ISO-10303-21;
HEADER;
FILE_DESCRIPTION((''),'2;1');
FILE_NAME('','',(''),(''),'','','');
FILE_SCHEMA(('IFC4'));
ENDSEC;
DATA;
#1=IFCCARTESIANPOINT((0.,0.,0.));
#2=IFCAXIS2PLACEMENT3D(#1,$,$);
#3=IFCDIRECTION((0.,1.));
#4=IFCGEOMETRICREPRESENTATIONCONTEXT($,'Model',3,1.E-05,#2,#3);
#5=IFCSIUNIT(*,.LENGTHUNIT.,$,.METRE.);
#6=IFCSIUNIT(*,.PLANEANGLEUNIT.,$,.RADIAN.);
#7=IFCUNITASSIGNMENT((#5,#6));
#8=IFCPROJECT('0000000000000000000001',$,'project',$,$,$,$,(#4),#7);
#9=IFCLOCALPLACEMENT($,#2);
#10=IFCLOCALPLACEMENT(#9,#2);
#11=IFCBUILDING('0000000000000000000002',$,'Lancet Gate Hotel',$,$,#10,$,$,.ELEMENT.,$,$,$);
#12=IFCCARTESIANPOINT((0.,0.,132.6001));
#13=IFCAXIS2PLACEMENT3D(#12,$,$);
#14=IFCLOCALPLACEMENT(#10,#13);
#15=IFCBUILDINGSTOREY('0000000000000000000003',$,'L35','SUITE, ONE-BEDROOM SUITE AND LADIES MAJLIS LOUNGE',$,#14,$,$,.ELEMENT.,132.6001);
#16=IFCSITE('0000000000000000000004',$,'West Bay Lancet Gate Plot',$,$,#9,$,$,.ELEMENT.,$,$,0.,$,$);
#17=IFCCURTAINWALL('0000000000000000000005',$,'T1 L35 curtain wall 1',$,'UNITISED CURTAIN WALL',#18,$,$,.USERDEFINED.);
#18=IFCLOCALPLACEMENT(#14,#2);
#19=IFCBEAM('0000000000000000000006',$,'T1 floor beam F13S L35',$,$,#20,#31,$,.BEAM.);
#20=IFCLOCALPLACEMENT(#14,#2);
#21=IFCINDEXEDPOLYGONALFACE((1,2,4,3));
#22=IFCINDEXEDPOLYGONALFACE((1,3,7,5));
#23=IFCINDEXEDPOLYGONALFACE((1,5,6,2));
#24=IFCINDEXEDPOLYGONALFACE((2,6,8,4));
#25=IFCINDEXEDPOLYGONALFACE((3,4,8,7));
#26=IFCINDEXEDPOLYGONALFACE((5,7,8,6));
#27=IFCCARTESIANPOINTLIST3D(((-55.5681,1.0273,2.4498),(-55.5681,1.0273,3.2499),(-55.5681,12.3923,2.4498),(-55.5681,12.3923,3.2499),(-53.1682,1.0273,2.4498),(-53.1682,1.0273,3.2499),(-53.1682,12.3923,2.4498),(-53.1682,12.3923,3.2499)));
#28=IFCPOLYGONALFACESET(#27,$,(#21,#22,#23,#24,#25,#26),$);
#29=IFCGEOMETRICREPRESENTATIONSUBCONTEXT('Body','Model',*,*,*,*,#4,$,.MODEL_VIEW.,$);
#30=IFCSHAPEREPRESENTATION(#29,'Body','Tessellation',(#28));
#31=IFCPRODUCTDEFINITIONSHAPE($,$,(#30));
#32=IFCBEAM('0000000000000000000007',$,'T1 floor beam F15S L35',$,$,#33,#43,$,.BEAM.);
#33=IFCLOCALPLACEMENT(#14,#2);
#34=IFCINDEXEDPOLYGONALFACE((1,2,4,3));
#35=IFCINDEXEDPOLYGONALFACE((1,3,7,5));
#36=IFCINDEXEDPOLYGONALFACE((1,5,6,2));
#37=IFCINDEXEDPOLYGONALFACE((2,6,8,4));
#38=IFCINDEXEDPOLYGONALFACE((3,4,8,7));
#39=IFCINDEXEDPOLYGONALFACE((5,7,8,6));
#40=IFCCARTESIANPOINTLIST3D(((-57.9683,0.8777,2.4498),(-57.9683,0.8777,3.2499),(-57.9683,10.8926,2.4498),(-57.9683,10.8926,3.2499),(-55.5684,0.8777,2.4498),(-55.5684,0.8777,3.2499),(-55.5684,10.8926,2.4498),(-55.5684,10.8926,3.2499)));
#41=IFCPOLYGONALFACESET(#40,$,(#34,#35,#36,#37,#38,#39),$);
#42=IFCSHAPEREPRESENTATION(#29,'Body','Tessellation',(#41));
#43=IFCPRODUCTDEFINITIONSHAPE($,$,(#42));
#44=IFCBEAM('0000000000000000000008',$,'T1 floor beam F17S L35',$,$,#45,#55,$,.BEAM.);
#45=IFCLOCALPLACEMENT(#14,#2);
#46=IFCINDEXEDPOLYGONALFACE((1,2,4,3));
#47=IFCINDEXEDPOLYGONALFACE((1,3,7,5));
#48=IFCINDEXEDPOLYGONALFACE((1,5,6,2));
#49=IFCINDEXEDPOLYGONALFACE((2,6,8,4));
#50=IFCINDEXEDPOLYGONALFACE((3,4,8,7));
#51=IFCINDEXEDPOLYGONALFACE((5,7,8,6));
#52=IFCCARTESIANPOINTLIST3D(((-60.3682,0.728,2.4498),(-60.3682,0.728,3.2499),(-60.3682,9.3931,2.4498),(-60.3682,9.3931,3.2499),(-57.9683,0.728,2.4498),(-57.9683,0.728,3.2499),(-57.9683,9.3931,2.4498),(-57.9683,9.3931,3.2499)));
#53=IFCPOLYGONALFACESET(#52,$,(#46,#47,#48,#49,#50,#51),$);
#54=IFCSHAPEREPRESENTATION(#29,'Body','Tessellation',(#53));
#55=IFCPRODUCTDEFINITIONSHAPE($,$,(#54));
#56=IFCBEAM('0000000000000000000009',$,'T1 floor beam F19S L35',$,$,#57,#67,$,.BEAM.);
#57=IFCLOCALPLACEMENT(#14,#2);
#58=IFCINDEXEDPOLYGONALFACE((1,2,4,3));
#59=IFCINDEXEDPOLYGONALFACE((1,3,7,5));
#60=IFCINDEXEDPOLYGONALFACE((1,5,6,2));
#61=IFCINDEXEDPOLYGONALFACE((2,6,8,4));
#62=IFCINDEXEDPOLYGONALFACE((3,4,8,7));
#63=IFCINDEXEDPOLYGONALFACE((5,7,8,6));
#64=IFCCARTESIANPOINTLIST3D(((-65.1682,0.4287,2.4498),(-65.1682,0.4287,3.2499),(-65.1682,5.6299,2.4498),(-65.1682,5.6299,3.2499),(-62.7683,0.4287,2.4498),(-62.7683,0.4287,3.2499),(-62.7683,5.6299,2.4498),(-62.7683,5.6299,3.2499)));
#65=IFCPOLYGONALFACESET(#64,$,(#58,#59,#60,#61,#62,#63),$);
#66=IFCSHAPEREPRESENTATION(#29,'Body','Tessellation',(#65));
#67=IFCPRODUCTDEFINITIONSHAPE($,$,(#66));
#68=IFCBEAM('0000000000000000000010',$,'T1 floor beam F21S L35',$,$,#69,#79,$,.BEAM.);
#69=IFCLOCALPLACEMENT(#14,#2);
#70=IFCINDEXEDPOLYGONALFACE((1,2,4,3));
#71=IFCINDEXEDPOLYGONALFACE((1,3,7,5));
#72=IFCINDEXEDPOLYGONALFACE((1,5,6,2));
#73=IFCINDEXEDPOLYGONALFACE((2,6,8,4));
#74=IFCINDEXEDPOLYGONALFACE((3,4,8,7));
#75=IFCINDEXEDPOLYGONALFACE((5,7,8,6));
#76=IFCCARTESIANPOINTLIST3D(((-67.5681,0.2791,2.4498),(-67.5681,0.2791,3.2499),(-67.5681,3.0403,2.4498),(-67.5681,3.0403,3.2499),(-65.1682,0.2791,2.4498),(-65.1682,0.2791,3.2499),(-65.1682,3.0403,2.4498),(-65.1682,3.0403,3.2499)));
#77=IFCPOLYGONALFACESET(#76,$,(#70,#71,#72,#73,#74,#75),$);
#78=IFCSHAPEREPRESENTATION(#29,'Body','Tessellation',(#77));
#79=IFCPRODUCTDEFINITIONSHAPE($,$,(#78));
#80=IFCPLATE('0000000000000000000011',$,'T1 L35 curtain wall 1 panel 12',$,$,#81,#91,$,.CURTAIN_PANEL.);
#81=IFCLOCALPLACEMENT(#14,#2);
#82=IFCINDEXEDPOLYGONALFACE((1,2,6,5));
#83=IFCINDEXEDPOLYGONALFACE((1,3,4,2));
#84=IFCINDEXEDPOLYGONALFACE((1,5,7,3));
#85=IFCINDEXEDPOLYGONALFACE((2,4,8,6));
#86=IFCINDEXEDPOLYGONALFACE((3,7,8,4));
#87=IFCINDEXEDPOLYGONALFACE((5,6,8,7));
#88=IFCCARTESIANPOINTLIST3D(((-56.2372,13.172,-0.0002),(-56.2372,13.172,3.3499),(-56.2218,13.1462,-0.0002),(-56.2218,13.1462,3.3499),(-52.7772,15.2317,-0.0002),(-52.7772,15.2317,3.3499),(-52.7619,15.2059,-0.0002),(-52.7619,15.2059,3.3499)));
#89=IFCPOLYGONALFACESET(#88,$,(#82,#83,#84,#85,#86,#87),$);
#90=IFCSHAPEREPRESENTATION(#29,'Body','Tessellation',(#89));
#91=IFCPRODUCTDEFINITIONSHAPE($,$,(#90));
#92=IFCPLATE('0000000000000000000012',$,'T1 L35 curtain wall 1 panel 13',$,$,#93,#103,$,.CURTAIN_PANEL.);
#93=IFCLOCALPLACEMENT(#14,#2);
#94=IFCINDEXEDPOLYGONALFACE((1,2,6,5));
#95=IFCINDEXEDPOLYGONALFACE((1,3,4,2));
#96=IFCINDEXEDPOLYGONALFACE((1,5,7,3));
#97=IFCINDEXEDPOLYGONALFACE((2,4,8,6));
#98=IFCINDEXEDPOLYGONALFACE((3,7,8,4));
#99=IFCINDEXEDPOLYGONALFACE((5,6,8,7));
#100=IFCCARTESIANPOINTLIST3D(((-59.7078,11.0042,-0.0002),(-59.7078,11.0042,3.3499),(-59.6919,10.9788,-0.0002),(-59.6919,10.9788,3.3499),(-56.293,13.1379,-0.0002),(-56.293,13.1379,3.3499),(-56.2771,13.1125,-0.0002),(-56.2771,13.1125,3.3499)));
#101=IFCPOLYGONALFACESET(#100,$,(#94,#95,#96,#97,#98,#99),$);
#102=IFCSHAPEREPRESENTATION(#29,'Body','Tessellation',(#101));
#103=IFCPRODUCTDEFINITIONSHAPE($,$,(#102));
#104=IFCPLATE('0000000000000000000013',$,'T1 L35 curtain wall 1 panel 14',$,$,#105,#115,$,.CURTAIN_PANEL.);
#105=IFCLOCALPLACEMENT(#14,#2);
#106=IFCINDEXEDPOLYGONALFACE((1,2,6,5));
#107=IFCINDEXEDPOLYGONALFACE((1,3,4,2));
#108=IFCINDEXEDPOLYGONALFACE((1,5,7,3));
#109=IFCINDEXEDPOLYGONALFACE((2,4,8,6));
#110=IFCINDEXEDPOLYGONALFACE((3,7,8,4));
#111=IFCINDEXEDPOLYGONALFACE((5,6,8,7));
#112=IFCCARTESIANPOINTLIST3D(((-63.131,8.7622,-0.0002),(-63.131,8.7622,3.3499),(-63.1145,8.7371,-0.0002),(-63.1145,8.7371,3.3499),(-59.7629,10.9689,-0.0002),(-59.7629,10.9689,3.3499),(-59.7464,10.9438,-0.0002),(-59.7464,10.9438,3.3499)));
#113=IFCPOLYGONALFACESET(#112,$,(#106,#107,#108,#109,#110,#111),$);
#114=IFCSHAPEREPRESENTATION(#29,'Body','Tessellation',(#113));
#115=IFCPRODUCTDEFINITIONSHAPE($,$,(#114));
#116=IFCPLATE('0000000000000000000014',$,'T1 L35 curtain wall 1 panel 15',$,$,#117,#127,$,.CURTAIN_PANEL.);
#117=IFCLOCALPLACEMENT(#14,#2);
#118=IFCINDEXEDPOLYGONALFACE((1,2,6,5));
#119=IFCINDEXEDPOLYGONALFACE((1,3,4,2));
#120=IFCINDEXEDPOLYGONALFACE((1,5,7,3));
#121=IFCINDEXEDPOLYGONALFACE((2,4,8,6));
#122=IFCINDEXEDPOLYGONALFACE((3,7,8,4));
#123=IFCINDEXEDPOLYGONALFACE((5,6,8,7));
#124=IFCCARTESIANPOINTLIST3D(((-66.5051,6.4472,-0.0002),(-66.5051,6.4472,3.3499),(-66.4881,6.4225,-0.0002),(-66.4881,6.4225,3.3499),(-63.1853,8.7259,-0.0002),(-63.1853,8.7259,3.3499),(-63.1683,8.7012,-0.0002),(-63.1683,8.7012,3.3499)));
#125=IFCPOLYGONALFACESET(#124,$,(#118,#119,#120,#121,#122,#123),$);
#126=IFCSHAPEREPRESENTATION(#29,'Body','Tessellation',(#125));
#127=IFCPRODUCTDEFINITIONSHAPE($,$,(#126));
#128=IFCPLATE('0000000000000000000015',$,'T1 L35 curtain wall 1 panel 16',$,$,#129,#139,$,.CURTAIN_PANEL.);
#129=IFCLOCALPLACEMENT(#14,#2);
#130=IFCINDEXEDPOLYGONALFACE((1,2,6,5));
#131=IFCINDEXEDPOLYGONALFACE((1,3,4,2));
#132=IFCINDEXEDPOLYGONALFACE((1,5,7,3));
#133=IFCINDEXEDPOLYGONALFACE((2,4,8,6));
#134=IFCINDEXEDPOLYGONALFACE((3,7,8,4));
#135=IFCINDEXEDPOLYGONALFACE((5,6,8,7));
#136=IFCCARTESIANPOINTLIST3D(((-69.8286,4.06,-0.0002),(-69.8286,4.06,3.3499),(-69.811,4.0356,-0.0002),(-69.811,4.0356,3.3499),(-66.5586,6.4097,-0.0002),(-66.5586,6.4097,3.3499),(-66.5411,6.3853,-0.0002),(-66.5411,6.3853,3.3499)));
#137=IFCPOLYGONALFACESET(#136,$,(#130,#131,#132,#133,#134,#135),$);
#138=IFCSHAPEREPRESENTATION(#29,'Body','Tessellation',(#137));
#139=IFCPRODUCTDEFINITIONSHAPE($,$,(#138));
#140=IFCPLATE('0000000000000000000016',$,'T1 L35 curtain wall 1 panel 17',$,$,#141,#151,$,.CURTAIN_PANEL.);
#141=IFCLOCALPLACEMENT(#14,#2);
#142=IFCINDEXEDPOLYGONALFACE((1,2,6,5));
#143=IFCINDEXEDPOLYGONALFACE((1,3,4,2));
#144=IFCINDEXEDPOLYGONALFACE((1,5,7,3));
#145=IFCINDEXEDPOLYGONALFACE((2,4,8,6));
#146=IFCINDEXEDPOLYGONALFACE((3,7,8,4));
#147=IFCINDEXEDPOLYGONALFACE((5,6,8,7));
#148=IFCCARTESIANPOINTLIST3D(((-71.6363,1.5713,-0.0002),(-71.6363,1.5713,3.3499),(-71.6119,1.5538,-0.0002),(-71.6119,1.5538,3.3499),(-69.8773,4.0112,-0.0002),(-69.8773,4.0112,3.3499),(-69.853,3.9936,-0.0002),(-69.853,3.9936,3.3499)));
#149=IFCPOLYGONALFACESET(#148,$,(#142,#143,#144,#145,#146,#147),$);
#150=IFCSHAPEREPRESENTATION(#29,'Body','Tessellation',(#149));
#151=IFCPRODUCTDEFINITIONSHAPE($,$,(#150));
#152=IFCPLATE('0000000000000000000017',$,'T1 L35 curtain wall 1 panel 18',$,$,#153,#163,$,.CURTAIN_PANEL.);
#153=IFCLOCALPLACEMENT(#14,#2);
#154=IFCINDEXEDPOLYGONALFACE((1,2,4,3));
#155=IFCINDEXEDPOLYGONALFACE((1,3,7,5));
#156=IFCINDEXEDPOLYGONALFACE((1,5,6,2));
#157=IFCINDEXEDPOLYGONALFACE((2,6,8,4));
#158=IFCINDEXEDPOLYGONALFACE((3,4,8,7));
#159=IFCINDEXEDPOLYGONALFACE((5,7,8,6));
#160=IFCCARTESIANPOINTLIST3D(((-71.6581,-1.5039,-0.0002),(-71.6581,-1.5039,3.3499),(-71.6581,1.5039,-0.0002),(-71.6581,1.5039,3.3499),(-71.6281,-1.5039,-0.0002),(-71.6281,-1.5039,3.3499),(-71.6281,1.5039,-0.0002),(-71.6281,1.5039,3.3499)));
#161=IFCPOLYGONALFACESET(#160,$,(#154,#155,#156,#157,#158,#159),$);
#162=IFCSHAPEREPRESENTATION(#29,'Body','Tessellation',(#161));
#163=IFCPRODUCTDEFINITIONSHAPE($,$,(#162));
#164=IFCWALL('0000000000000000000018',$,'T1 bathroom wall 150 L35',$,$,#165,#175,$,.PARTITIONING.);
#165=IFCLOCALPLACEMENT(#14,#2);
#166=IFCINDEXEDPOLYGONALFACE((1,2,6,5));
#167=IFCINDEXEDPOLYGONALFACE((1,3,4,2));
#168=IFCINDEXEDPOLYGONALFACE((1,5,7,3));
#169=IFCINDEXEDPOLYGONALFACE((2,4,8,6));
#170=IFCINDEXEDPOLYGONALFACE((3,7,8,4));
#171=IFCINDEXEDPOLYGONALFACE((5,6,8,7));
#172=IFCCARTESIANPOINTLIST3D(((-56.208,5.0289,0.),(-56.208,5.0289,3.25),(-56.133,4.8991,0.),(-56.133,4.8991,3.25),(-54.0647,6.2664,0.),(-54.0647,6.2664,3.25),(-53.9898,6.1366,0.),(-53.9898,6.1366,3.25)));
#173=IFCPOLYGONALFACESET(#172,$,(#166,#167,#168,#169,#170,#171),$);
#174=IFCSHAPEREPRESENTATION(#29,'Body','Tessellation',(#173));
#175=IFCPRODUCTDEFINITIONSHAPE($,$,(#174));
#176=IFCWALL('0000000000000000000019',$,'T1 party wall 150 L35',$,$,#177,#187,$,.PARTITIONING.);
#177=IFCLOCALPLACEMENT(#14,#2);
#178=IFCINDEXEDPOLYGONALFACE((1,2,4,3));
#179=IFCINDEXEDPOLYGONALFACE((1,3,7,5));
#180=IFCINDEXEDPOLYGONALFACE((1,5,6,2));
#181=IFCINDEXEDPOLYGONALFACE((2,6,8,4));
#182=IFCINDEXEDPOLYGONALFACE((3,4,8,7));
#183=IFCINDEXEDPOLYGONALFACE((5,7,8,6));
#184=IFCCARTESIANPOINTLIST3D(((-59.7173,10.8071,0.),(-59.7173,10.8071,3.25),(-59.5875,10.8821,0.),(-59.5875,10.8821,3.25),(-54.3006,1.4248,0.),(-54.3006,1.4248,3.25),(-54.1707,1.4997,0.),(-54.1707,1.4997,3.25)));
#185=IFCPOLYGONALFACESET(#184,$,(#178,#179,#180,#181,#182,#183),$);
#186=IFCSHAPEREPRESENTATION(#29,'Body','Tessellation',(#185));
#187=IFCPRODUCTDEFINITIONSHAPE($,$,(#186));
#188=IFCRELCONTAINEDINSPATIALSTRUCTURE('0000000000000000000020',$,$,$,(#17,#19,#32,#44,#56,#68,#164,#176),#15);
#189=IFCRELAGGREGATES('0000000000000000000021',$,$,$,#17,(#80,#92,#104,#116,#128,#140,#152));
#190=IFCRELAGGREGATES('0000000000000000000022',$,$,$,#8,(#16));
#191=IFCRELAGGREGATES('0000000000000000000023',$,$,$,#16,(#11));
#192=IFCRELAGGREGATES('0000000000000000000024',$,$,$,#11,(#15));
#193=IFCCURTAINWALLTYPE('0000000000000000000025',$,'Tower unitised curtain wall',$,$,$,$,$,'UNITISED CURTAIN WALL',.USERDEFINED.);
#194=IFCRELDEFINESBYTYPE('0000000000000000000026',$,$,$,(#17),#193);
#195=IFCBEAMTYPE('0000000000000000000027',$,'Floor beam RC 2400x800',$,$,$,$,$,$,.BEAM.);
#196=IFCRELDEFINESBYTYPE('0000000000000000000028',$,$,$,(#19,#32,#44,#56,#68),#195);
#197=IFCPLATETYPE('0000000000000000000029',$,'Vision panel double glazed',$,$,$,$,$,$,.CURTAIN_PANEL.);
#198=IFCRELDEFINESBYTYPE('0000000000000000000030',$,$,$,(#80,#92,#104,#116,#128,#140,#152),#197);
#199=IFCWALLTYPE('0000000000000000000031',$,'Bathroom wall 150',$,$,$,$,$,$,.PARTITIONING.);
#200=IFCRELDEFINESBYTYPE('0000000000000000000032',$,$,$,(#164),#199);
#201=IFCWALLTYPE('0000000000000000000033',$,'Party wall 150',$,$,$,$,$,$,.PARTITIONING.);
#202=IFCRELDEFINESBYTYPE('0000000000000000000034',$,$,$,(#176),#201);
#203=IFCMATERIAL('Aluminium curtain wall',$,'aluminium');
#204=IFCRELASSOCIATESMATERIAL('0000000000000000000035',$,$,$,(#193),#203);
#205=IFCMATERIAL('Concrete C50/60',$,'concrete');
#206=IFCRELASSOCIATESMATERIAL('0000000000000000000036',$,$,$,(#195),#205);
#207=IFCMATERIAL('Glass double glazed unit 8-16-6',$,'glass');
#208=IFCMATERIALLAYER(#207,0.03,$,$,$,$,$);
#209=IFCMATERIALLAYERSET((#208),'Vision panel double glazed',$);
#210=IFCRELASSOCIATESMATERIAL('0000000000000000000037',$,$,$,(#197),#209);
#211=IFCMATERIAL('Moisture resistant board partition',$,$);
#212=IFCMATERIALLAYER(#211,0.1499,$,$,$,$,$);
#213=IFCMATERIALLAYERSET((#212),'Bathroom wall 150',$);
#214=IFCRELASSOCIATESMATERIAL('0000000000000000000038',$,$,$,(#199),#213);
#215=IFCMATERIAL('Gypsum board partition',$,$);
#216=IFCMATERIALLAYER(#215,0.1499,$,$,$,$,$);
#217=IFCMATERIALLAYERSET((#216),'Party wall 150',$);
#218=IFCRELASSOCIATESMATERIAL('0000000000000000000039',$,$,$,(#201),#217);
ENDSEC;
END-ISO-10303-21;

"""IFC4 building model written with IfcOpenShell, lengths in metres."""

from ifc_helpers import new_model, si_unit, direction, frame, frame_2d, origin, origin_2d, place, context, subcontext, project, spatial, rectangle, extrude, material, layer, layer_set, material_profile, profile_set, type_object, element, aggregate, save


model = new_model("IFC4")

# Units and contexts
model_context = context("Model", 3, precision=1e-05, world=origin(), true_north=direction((0.0, 1.0)))
body_context = subcontext(model_context, "Body", "Model", "MODEL_VIEW")
ifc_project = project(units=[si_unit("LENGTHUNIT", "METRE"), si_unit("PLANEANGLEUNIT", "RADIAN")], contexts=[model_context])

# Site, building, storey
site_placement = place(None, origin())
site = spatial("IfcSite", under=ifc_project, at=site_placement, Name="West Bay Lancet Gate Plot", CompositionType="ELEMENT", RefElevation=0.0)
building_placement = place(site_placement, origin())
building = spatial("IfcBuilding", under=site, at=building_placement, Name="Lancet Gate Hotel", CompositionType="ELEMENT")
storey_placement = place(building_placement, frame((0.0, 0.0, 132.6001)))
storey = spatial("IfcBuildingStorey", under=building, at=storey_placement, Name="L35", Description="SUITE, ONE-BEDROOM SUITE AND LADIES MAJLIS LOUNGE", CompositionType="ELEMENT", Elevation=132.6001)

# Curtain wall
ifc_material_1 = material(Name="Aluminium curtain wall", Category="aluminium")
curtain_wall_type = type_object("IfcCurtainWallType", Name="Tower unitised curtain wall", ElementType="UNITISED CURTAIN WALL", PredefinedType="USERDEFINED", material=ifc_material_1)
curtain_wall_placement = place(storey_placement, origin())
curtain_wall = element("IfcCurtainWall", 1, at=curtain_wall_placement, inside=storey, type_object=curtain_wall_type, Name="T1 L35 curtain wall 1", ObjectType="UNITISED CURTAIN WALL", PredefinedType="USERDEFINED")

# Beams
ifc_material_2 = material(Name="Concrete C50/60", Category="concrete")
ifc_material_profile_1 = material_profile(ifc_material_2, rectangle(XDim=2.3999, YDim=0.8, at=origin_2d()), Name="RC 2400x800")
ifc_profile_set_1 = profile_set([ifc_material_profile_1], Name="Concrete C50/60")
beam_type_1 = type_object("IfcBeamType", Name="Floor beam RC 2400x800", PredefinedType="BEAM", material=ifc_profile_set_1)
beam_1_placement = place(storey_placement, frame((-54.3682, 12.3923, 2.8499), z_axis=(0.0, -1.0, 0.0), x_axis=(1.0, 0.0, 0.0)))
element("IfcBeam", 2, at=beam_1_placement, inside=storey, type_object=beam_type_1, Name="T1 floor beam F13S L35", PredefinedType="BEAM", context=body_context, shape_type="SweptSolid", body=[
    extrude(rectangle(XDim=2.3999, YDim=0.8, at=origin_2d()), origin(), (0.0, 0.0, 1.0), 11.365),
])
beam_2_placement = place(storey_placement, frame((-56.7683, 10.8926, 2.8499), z_axis=(0.0, -1.0, 0.0), x_axis=(1.0, 0.0, 0.0)))
element("IfcBeam", 3, at=beam_2_placement, inside=storey, type_object=beam_type_1, Name="T1 floor beam F15S L35", PredefinedType="BEAM", context=body_context, shape_type="SweptSolid", body=[
    extrude(rectangle(XDim=2.3999, YDim=0.8, at=origin_2d()), origin(), (0.0, 0.0, 1.0), 10.0149),
])
beam_3_placement = place(storey_placement, frame((-59.1682, 9.3931, 2.8499), z_axis=(0.0, -1.0, 0.0), x_axis=(1.0, 0.0, 0.0)))
element("IfcBeam", 4, at=beam_3_placement, inside=storey, type_object=beam_type_1, Name="T1 floor beam F17S L35", PredefinedType="BEAM", context=body_context, shape_type="SweptSolid", body=[
    extrude(rectangle(XDim=2.3999, YDim=0.8, at=origin_2d()), origin(), (0.0, 0.0, 1.0), 8.665),
])
beam_4_placement = place(storey_placement, frame((-63.9683, 5.6299, 2.8499), z_axis=(0.0, -1.0, 0.0), x_axis=(1.0, 0.0, 0.0)))
element("IfcBeam", 5, at=beam_4_placement, inside=storey, type_object=beam_type_1, Name="T1 floor beam F19S L35", PredefinedType="BEAM", context=body_context, shape_type="SweptSolid", body=[
    extrude(rectangle(XDim=2.3999, YDim=0.8, at=origin_2d()), origin(), (0.0, 0.0, 1.0), 5.2012),
])
beam_5_placement = place(storey_placement, frame((-66.3682, 3.0403, 2.8499), z_axis=(0.0, -1.0, 0.0), x_axis=(1.0, 0.0, 0.0)))
element("IfcBeam", 6, at=beam_5_placement, inside=storey, type_object=beam_type_1, Name="T1 floor beam F21S L35", PredefinedType="BEAM", context=body_context, shape_type="SweptSolid", body=[
    extrude(rectangle(XDim=2.3999, YDim=0.8, at=origin_2d()), origin(), (0.0, 0.0, 1.0), 2.7612),
])

# Plates
ifc_material_3 = material(Name="Glass double glazed unit 8-16-6", Category="glass")
ifc_layer_1 = layer(ifc_material_3, 0.03)
ifc_layer_set_1 = layer_set([ifc_layer_1], Name="Vision panel double glazed")
plate_type = type_object("IfcPlateType", Name="Vision panel double glazed", PredefinedType="CURTAIN_PANEL", material=ifc_layer_set_1)
plate_1_placement = place(storey_placement, frame((-54.4995, 14.189, -0.0002), z_axis=(0.0, 0.0, 1.0), x_axis=(-0.859271, -0.51152, 0.0)))
plate_1 = element("IfcPlate", 7, at=plate_1_placement, type_object=plate_type, Name="T1 L35 curtain wall 1 panel 12", PredefinedType="CURTAIN_PANEL", context=body_context, shape_type="SweptSolid", body=[
    extrude(rectangle(XDim=4.0266, YDim=0.03, at=origin_2d()), origin(), (0.0, 0.0, 1.0), 3.3501),
])
plate_2_placement = place(storey_placement, frame((-57.9924, 12.0583, -0.0002), z_axis=(0.0, 0.0, 1.0), x_axis=(-0.848061, -0.529899, 0.0)))
plate_2 = element("IfcPlate", 8, at=plate_2_placement, type_object=plate_type, Name="T1 L35 curtain wall 1 panel 13", PredefinedType="CURTAIN_PANEL", context=body_context, shape_type="SweptSolid", body=[
    extrude(rectangle(XDim=4.0266, YDim=0.03, at=origin_2d()), origin(), (0.0, 0.0, 1.0), 3.3501),
])
plate_3_placement = place(storey_placement, frame((-61.4387, 9.853, -0.0002), z_axis=(0.0, 0.0, 1.0), x_axis=(-0.836458, -0.548032, 0.0)))
plate_3 = element("IfcPlate", 9, at=plate_3_placement, type_object=plate_type, Name="T1 L35 curtain wall 1 panel 14", PredefinedType="CURTAIN_PANEL", context=body_context, shape_type="SweptSolid", body=[
    extrude(rectangle(XDim=4.0266, YDim=0.03, at=origin_2d()), origin(), (0.0, 0.0, 1.0), 3.3501),
])
plate_4_placement = place(storey_placement, frame((-64.8367, 7.5742, -0.0002), z_axis=(0.0, 0.0, 1.0), x_axis=(-0.824466, -0.565911, 0.0)))
plate_4 = element("IfcPlate", 10, at=plate_4_placement, type_object=plate_type, Name="T1 L35 curtain wall 1 panel 15", PredefinedType="CURTAIN_PANEL", context=body_context, shape_type="SweptSolid", body=[
    extrude(rectangle(XDim=4.0266, YDim=0.03, at=origin_2d()), origin(), (0.0, 0.0, 1.0), 3.3501),
])
plate_5_placement = place(storey_placement, frame((-68.1848, 5.2227, -0.0002), z_axis=(0.0, 0.0, 1.0), x_axis=(-0.812093, -0.583528, 0.0)))
plate_5 = element("IfcPlate", 11, at=plate_5_placement, type_object=plate_type, Name="T1 L35 curtain wall 1 panel 16", PredefinedType="CURTAIN_PANEL", context=body_context, shape_type="SweptSolid", body=[
    extrude(rectangle(XDim=4.0266, YDim=0.03, at=origin_2d()), origin(), (0.0, 0.0, 1.0), 3.3501),
])
plate_6_placement = place(storey_placement, frame((-70.7446, 2.7825, -0.0002), z_axis=(0.0, 0.0, 1.0), x_axis=(-0.584809, -0.811171, 0.0)))
plate_6 = element("IfcPlate", 12, at=plate_6_placement, type_object=plate_type, Name="T1 L35 curtain wall 1 panel 17", PredefinedType="CURTAIN_PANEL", context=body_context, shape_type="SweptSolid", body=[
    extrude(rectangle(XDim=3.0078, YDim=0.03, at=origin_2d()), origin(), (0.0, 0.0, 1.0), 3.3501),
])
plate_7_placement = place(storey_placement, frame((-71.6431, 0.0, -0.0002), z_axis=(0.0, 0.0, 1.0), x_axis=(0.0, -1.0, 0.0)))
plate_7 = element("IfcPlate", 13, at=plate_7_placement, type_object=plate_type, Name="T1 L35 curtain wall 1 panel 18", PredefinedType="CURTAIN_PANEL", context=body_context, shape_type="SweptSolid", body=[
    extrude(rectangle(XDim=3.0078, YDim=0.03, at=origin_2d()), origin(), (0.0, 0.0, 1.0), 3.3501),
])
aggregate(curtain_wall, [plate_1, plate_2, plate_3, plate_4, plate_5, plate_6, plate_7])

# Walls
ifc_material_4 = material(Name="Moisture resistant board partition")
ifc_layer_2 = layer(ifc_material_4, 0.1499)
ifc_layer_set_2 = layer_set([ifc_layer_2], Name="Bathroom wall 150")
wall_type_1 = type_object("IfcWallType", Name="Bathroom wall 150", PredefinedType="PARTITIONING", material=ifc_layer_set_2)
wall_1_placement = place(storey_placement, frame((-54.0273, 6.2014, 0.0), z_axis=(0.0, 0.0, 1.0), x_axis=(-0.866007, -0.500033, 0.0)))
element("IfcWall", 14, at=wall_1_placement, inside=storey, type_object=wall_type_1, Name="T1 bathroom wall 150 L35", PredefinedType="PARTITIONING", context=body_context, shape_type="SweptSolid", body=[
    extrude(rectangle(XDim=2.4749, YDim=0.1499, at=frame_2d((1.2373, 0.0))), origin(), (0.0, 0.0, 1.0), 3.25),
])
ifc_material_5 = material(Name="Gypsum board partition")
ifc_layer_3 = layer(ifc_material_5, 0.1499)
ifc_layer_set_3 = layer_set([ifc_layer_3], Name="Party wall 150")
wall_type_2 = type_object("IfcWallType", Name="Party wall 150", PredefinedType="PARTITIONING", material=ifc_layer_set_3)
wall_2_placement = place(storey_placement, frame((-54.2356, 1.4622, 0.0), z_axis=(0.0, 0.0, 1.0), x_axis=(-0.49999, 0.866031, 0.0)))
element("IfcWall", 15, at=wall_2_placement, inside=storey, type_object=wall_type_2, Name="T1 party wall 150 L35", PredefinedType="PARTITIONING", context=body_context, shape_type="SweptSolid", body=[
    extrude(rectangle(XDim=10.8337, YDim=0.1499, at=frame_2d((5.417, 0.0))), origin(), (0.0, 0.0, 1.0), 3.25),
])

save(model, "model.ifc")
